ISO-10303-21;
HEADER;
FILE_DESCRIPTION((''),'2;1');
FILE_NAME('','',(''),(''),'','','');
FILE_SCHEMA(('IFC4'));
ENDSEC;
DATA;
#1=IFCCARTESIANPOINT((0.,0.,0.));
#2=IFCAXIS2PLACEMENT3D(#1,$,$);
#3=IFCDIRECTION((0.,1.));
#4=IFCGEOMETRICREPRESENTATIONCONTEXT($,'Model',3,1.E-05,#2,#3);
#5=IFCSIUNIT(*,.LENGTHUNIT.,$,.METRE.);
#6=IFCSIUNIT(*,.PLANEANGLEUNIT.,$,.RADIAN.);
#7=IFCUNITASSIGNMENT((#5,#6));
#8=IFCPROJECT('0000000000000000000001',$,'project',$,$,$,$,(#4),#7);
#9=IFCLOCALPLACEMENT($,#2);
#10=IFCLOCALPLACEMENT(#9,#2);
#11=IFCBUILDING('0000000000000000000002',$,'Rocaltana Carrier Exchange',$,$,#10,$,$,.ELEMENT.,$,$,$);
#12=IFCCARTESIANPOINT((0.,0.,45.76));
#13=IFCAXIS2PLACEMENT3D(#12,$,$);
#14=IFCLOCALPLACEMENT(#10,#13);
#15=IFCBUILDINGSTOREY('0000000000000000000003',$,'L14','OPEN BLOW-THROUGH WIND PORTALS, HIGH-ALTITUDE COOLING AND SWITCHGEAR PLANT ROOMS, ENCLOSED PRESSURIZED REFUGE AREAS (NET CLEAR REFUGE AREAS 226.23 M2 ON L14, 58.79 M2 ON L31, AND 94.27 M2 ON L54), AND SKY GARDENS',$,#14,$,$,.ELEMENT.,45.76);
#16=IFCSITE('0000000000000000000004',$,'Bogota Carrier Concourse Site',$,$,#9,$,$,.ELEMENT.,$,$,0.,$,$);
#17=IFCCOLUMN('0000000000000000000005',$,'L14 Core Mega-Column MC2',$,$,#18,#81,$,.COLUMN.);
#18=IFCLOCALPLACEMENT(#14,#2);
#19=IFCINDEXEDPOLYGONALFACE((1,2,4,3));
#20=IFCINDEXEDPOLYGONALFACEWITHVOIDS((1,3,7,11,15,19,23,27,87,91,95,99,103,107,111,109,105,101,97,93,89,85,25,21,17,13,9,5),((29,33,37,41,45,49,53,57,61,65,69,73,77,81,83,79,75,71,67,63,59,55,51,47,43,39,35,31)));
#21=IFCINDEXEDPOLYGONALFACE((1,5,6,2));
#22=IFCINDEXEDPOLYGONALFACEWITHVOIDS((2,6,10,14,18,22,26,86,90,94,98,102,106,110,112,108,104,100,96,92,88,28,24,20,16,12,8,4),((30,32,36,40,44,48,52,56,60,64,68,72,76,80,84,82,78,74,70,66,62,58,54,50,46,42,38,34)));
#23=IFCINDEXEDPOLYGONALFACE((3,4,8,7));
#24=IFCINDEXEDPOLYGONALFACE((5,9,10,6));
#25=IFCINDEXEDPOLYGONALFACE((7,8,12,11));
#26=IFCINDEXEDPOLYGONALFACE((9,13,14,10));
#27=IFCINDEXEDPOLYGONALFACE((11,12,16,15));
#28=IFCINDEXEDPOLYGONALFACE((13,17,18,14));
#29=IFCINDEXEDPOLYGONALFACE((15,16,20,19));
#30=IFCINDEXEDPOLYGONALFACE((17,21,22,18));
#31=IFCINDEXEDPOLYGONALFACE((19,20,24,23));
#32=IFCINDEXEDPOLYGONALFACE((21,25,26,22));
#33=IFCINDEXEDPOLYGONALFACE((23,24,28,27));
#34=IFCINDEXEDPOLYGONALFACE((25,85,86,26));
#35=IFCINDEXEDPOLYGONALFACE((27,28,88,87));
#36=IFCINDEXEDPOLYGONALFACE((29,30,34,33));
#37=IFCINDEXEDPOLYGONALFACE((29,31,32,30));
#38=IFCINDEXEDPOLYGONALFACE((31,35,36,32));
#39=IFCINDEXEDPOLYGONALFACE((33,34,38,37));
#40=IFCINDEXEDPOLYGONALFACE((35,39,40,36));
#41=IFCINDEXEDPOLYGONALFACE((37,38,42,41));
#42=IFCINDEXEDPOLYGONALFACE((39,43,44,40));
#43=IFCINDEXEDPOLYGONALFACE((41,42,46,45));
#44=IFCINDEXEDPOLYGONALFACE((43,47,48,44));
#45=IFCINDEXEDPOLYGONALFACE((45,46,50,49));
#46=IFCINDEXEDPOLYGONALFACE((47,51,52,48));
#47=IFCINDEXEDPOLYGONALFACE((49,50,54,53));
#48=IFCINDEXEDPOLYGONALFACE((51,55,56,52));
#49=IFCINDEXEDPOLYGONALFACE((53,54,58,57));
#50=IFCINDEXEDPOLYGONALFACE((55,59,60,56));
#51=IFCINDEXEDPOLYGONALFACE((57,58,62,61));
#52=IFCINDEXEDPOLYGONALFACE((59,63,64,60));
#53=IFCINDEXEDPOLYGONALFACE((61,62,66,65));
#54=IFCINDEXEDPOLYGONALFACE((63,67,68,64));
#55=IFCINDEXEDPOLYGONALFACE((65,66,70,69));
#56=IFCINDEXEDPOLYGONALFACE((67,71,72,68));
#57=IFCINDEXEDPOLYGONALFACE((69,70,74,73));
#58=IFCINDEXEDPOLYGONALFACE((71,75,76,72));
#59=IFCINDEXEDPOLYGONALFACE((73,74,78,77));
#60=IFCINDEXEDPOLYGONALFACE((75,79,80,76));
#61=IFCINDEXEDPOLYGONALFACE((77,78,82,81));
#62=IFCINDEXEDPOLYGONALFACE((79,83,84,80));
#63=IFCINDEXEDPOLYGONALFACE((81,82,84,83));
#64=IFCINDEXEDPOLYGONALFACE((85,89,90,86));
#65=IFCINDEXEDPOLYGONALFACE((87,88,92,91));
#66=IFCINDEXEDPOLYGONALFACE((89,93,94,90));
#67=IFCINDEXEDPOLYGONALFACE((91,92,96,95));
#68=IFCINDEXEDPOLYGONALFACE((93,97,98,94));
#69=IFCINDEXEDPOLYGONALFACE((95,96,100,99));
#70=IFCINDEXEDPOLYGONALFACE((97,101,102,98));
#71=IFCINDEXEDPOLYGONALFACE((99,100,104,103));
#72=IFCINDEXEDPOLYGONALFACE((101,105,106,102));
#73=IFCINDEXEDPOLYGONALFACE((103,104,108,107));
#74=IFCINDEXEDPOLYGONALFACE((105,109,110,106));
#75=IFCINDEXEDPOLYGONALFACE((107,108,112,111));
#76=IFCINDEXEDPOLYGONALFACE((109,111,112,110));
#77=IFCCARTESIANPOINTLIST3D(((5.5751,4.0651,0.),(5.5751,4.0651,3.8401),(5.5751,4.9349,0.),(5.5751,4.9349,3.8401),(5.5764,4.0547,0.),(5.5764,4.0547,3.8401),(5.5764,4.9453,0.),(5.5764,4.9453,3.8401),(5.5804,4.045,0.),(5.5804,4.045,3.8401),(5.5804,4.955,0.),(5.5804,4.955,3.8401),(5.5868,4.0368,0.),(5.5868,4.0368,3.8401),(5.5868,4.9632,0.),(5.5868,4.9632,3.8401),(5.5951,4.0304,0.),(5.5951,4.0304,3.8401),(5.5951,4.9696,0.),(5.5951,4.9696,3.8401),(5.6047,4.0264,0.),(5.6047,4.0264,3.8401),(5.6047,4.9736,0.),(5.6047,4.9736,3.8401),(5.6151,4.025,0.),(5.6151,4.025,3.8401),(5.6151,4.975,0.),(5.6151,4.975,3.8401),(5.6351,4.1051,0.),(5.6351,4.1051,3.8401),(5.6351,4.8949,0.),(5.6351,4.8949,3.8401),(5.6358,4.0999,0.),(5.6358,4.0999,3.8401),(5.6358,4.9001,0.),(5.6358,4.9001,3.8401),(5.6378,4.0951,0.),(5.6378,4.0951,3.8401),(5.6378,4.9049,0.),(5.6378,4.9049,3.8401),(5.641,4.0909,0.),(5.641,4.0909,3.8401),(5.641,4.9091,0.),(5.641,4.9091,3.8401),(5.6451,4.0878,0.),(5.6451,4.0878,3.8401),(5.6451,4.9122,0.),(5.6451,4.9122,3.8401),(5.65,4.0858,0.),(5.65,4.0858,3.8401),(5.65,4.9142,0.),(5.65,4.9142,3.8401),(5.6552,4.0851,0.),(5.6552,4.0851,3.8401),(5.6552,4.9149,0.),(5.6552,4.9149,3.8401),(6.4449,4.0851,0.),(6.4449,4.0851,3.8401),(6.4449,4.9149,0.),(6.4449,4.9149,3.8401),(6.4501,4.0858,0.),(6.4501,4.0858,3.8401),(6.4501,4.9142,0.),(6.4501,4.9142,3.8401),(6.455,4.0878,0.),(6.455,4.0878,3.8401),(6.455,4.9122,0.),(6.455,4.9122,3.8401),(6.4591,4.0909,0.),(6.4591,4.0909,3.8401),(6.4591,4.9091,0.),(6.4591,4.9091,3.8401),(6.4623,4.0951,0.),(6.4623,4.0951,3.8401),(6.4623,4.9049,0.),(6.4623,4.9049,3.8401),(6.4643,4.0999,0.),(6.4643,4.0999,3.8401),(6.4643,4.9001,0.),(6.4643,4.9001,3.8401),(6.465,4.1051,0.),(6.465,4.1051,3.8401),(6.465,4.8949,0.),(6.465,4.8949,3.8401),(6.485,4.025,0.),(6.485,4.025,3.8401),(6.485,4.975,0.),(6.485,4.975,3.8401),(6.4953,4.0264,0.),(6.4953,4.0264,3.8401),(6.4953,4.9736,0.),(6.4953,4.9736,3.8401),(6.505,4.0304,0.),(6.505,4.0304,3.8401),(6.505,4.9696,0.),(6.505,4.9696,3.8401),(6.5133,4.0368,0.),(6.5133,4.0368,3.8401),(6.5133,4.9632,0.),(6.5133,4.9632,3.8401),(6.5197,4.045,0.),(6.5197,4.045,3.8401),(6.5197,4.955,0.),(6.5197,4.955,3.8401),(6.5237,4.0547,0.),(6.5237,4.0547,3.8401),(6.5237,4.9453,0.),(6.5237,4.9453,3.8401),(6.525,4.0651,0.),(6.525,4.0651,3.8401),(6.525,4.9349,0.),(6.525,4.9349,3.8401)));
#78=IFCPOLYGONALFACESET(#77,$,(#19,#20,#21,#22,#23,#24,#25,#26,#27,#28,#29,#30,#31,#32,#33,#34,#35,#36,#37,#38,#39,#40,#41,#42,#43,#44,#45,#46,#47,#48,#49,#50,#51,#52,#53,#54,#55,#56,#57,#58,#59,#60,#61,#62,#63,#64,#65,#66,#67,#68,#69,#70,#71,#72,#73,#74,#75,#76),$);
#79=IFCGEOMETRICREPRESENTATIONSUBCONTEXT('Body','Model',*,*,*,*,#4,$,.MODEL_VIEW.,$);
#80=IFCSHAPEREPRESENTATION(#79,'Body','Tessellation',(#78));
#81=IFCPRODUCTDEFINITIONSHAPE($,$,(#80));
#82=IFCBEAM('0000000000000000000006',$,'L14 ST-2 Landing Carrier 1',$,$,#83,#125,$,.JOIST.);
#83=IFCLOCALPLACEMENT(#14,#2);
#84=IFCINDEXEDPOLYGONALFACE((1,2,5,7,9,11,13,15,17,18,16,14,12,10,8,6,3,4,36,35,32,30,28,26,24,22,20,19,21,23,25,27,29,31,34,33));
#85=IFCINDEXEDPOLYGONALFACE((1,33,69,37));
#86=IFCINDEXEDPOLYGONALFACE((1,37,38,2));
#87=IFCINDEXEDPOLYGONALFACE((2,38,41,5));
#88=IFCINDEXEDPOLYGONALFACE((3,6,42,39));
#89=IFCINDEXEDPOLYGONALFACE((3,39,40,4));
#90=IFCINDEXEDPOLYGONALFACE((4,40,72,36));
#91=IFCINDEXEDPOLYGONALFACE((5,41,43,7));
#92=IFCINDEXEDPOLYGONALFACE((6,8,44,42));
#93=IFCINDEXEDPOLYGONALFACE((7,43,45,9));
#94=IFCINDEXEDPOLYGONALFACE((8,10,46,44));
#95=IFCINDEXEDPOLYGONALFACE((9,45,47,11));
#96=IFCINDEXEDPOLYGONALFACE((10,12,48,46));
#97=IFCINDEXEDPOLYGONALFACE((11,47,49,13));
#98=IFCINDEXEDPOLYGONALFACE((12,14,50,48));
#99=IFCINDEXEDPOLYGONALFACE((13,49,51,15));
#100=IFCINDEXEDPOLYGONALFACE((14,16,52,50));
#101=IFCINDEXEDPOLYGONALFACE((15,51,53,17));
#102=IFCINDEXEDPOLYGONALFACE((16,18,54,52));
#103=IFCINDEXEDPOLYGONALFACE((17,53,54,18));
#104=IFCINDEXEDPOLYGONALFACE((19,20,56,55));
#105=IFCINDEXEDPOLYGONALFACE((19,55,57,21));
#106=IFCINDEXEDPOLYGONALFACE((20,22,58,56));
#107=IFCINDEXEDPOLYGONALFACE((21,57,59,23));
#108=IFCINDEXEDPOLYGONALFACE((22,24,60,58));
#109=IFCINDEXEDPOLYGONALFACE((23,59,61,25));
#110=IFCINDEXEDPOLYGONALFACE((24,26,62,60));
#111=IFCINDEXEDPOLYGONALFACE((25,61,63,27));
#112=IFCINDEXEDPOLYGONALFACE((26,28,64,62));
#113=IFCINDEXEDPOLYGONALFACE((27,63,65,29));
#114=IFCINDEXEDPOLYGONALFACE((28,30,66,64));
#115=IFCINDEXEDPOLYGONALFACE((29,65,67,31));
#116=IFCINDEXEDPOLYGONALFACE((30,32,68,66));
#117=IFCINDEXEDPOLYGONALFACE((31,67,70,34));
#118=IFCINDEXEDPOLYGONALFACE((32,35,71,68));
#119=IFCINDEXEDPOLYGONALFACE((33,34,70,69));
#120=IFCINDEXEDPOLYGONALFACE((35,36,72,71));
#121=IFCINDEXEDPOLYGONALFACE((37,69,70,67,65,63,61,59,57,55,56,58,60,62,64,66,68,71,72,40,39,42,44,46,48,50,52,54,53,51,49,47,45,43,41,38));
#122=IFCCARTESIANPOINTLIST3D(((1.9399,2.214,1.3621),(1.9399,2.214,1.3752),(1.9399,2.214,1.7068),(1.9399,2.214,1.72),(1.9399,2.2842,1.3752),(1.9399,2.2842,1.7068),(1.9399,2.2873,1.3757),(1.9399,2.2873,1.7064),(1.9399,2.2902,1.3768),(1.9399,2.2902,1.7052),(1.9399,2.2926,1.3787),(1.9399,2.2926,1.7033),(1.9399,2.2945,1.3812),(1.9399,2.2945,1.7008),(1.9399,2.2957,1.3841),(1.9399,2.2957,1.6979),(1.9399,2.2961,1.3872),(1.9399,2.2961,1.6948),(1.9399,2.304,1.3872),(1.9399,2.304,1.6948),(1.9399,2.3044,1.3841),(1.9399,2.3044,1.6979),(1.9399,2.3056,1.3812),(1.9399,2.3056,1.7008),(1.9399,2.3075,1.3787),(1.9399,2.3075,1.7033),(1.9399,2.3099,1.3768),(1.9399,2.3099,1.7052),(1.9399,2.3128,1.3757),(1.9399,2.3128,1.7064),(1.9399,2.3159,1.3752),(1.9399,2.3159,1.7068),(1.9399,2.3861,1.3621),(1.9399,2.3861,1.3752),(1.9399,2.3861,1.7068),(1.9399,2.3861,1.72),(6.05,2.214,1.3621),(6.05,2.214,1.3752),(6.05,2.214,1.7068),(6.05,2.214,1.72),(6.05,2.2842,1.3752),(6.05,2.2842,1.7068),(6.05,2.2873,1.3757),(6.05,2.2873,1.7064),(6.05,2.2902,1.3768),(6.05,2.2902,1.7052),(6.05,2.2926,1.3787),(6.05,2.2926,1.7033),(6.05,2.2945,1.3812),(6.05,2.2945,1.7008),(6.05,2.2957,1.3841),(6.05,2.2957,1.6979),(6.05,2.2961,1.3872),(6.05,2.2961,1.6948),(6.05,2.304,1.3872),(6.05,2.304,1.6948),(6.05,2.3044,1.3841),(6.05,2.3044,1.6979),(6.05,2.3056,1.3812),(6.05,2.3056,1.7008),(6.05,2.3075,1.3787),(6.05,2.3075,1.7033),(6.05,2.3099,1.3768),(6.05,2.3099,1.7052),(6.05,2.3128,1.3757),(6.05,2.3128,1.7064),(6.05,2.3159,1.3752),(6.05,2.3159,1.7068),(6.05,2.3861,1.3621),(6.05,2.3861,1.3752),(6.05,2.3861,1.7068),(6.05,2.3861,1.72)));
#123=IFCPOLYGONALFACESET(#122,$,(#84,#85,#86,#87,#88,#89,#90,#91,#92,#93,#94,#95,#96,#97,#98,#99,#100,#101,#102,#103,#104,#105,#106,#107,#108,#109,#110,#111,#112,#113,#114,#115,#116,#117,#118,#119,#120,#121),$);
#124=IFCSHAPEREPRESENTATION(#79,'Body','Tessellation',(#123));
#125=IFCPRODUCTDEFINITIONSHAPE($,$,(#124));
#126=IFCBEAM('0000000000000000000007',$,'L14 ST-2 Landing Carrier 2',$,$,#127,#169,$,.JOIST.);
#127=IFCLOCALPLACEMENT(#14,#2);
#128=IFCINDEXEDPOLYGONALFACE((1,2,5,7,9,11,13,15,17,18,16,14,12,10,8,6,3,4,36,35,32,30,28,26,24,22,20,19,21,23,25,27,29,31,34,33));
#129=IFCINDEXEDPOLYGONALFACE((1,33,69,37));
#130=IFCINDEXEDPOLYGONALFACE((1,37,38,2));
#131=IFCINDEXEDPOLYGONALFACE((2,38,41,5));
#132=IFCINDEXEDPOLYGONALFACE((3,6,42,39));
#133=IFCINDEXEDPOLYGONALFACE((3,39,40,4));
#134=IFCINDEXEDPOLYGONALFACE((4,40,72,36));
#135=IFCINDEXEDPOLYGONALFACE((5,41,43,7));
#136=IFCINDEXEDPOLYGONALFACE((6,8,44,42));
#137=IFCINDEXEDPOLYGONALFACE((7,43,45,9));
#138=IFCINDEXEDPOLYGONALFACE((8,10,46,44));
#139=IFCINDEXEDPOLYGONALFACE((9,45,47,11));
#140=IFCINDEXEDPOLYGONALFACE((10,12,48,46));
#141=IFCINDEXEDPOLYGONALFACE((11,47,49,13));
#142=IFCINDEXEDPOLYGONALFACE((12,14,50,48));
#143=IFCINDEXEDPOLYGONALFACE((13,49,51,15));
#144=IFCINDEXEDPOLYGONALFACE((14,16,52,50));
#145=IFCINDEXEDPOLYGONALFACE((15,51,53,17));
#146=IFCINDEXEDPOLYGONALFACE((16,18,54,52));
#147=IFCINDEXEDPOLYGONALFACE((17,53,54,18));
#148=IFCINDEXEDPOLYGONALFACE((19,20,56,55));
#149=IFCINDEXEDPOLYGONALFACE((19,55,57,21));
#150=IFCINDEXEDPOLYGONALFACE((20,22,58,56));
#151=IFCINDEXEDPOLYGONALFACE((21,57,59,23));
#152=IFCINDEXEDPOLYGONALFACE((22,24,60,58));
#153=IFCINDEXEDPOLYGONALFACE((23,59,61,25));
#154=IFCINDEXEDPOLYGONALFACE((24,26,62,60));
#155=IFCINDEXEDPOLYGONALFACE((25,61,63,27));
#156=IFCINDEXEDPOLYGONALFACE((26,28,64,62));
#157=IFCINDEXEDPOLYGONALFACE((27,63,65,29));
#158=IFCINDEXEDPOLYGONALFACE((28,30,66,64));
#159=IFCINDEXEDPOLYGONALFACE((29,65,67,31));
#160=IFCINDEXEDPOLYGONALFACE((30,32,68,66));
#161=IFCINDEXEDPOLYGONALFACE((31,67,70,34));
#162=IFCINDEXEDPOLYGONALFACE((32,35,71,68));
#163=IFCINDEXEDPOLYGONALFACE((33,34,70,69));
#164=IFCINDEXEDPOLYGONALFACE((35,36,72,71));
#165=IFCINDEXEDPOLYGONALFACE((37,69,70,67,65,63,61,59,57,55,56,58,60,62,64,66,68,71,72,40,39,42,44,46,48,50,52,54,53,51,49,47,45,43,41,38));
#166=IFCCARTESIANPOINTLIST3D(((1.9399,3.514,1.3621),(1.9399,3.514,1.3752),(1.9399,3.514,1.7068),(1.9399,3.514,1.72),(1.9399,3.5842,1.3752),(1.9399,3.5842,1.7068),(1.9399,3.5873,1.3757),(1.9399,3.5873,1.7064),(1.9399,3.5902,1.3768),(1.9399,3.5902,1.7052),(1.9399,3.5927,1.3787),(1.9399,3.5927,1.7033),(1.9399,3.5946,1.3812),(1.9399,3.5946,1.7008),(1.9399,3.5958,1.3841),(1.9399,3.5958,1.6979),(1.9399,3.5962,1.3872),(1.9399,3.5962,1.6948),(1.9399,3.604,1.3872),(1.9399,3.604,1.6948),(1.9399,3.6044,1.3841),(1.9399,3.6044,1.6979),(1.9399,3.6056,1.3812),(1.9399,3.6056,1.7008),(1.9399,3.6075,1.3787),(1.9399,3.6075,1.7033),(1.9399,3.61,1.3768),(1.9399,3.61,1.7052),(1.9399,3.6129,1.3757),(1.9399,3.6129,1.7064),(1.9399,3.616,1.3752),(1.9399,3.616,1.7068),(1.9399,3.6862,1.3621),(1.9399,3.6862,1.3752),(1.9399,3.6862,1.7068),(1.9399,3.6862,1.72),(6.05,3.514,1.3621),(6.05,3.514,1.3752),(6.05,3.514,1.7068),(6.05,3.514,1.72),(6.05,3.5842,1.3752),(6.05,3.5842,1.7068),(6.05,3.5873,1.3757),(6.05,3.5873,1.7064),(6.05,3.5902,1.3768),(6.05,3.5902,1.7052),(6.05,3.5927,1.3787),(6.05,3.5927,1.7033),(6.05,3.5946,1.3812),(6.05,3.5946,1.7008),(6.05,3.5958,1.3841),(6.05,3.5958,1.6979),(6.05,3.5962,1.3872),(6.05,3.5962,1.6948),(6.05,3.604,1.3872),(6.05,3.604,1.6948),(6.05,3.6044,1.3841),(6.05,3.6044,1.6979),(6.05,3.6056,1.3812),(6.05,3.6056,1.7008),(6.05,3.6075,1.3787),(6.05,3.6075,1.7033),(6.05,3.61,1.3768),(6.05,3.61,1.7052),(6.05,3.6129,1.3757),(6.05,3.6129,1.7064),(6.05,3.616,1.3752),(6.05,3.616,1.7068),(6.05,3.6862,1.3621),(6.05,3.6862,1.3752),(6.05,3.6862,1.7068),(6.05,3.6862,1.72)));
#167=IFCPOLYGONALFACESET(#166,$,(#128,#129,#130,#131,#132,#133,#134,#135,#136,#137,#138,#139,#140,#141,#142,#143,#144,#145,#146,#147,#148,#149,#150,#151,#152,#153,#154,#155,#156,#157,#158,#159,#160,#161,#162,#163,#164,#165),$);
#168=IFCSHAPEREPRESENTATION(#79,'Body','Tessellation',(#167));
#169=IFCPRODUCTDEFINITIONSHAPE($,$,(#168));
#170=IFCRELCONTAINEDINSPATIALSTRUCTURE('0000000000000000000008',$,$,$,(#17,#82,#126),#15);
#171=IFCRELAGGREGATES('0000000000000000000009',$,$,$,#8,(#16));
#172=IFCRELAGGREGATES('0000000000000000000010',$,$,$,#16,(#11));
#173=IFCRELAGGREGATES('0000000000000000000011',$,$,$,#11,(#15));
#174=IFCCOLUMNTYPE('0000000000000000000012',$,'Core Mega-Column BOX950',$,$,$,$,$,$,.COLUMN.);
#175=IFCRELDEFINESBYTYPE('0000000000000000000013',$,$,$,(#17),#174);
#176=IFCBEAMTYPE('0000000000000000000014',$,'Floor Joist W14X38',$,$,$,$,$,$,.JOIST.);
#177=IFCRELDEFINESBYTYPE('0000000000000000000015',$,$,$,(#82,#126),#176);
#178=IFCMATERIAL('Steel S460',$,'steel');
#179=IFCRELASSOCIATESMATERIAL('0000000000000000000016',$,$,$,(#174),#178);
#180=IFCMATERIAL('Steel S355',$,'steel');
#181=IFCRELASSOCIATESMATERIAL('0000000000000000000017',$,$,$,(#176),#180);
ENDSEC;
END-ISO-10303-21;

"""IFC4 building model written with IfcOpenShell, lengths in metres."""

from ifc_helpers import new_model, si_unit, direction, frame, origin, origin_2d, place, context, subcontext, project, spatial, hollow_rectangle, i_section, extrude, material, material_profile, profile_set, type_object, element, save


model = new_model("IFC4")

# Units and contexts
model_context = context("Model", 3, precision=1e-05, world=origin(), true_north=direction((0.0, 1.0)))
body_context = subcontext(model_context, "Body", "Model", "MODEL_VIEW")
ifc_project = project(units=[si_unit("LENGTHUNIT", "METRE"), si_unit("PLANEANGLEUNIT", "RADIAN")], contexts=[model_context])

# Site, building, storey
site_placement = place(None, origin())
site = spatial("IfcSite", under=ifc_project, at=site_placement, Name="Bogota Carrier Concourse Site", CompositionType="ELEMENT", RefElevation=0.0)
building_placement = place(site_placement, origin())
building = spatial("IfcBuilding", under=site, at=building_placement, Name="Rocaltana Carrier Exchange", CompositionType="ELEMENT")
storey_placement = place(building_placement, frame((0.0, 0.0, 45.76)))
storey = spatial("IfcBuildingStorey", under=building, at=storey_placement, Name="L14", Description="OPEN BLOW-THROUGH WIND PORTALS, HIGH-ALTITUDE COOLING AND SWITCHGEAR PLANT ROOMS, ENCLOSED PRESSURIZED REFUGE AREAS (NET CLEAR REFUGE AREAS 226.23 M2 ON L14, 58.79 M2 ON L31, AND 94.27 M2 ON L54), AND SKY GARDENS", CompositionType="ELEMENT", Elevation=45.76)

# Column
ifc_material_1 = material(Name="Steel S460", Category="steel")
ifc_material_profile_1 = material_profile(ifc_material_1, hollow_rectangle(XDim=0.95, YDim=0.95, WallThickness=0.0601, InnerFilletRadius=0.02, OuterFilletRadius=0.04, at=origin_2d()), Name="BOX950X950X60")
ifc_profile_set_1 = profile_set([ifc_material_profile_1], Name="Steel S460")
column_type = type_object("IfcColumnType", Name="Core Mega-Column BOX950", PredefinedType="COLUMN", material=ifc_profile_set_1)
column_placement = place(storey_placement, frame((6.05, 4.5, 0.0), z_axis=(0.0, 0.0, 1.0), x_axis=(1.0, 0.0, 0.0)))
element("IfcColumn", 1, at=column_placement, inside=storey, type_object=column_type, Name="L14 Core Mega-Column MC2", PredefinedType="COLUMN", context=body_context, shape_type="SweptSolid", body=[
    extrude(hollow_rectangle(XDim=0.95, YDim=0.95, WallThickness=0.0601, InnerFilletRadius=0.02, OuterFilletRadius=0.04, at=origin_2d()), origin(), (0.0, 0.0, 1.0), 3.8401),
])

# Beams
ifc_material_2 = material(Name="Steel S355", Category="steel")
ifc_material_profile_2 = material_profile(ifc_material_2, i_section(OverallWidth=0.1721, OverallDepth=0.3579, WebThickness=0.0078, FlangeThickness=0.0132, FilletRadius=0.012, at=origin_2d()), Name="W14X38")
ifc_profile_set_2 = profile_set([ifc_material_profile_2], Name="Steel S355")
beam_type = type_object("IfcBeamType", Name="Floor Joist W14X38", PredefinedType="JOIST", material=ifc_profile_set_2)
for number, where, z_axis, x_axis, name in (
    (2, (1.9399, 2.3, 1.541), (1.0, 0.0, 0.0), (0.0, 1.0, 0.0), "L14 ST-2 Landing Carrier 1"),
    (3, (1.9399, 3.6001, 1.541), (1.0, 0.0, 0.0), (0.0, 1.0, 0.0), "L14 ST-2 Landing Carrier 2"),
):
    element("IfcBeam", number, at=place(storey_placement, frame(where, z_axis=z_axis, x_axis=x_axis)), inside=storey, type_object=beam_type, Name=name, PredefinedType="JOIST", context=body_context, shape_type="SweptSolid", body=[
        extrude(i_section(OverallWidth=0.1721, OverallDepth=0.3579, WebThickness=0.0078, FlangeThickness=0.0132, FilletRadius=0.012, at=origin_2d()), origin(), (0.0, 0.0, 1.0), 4.1101),
    ])

save(model, "model.ifc")
